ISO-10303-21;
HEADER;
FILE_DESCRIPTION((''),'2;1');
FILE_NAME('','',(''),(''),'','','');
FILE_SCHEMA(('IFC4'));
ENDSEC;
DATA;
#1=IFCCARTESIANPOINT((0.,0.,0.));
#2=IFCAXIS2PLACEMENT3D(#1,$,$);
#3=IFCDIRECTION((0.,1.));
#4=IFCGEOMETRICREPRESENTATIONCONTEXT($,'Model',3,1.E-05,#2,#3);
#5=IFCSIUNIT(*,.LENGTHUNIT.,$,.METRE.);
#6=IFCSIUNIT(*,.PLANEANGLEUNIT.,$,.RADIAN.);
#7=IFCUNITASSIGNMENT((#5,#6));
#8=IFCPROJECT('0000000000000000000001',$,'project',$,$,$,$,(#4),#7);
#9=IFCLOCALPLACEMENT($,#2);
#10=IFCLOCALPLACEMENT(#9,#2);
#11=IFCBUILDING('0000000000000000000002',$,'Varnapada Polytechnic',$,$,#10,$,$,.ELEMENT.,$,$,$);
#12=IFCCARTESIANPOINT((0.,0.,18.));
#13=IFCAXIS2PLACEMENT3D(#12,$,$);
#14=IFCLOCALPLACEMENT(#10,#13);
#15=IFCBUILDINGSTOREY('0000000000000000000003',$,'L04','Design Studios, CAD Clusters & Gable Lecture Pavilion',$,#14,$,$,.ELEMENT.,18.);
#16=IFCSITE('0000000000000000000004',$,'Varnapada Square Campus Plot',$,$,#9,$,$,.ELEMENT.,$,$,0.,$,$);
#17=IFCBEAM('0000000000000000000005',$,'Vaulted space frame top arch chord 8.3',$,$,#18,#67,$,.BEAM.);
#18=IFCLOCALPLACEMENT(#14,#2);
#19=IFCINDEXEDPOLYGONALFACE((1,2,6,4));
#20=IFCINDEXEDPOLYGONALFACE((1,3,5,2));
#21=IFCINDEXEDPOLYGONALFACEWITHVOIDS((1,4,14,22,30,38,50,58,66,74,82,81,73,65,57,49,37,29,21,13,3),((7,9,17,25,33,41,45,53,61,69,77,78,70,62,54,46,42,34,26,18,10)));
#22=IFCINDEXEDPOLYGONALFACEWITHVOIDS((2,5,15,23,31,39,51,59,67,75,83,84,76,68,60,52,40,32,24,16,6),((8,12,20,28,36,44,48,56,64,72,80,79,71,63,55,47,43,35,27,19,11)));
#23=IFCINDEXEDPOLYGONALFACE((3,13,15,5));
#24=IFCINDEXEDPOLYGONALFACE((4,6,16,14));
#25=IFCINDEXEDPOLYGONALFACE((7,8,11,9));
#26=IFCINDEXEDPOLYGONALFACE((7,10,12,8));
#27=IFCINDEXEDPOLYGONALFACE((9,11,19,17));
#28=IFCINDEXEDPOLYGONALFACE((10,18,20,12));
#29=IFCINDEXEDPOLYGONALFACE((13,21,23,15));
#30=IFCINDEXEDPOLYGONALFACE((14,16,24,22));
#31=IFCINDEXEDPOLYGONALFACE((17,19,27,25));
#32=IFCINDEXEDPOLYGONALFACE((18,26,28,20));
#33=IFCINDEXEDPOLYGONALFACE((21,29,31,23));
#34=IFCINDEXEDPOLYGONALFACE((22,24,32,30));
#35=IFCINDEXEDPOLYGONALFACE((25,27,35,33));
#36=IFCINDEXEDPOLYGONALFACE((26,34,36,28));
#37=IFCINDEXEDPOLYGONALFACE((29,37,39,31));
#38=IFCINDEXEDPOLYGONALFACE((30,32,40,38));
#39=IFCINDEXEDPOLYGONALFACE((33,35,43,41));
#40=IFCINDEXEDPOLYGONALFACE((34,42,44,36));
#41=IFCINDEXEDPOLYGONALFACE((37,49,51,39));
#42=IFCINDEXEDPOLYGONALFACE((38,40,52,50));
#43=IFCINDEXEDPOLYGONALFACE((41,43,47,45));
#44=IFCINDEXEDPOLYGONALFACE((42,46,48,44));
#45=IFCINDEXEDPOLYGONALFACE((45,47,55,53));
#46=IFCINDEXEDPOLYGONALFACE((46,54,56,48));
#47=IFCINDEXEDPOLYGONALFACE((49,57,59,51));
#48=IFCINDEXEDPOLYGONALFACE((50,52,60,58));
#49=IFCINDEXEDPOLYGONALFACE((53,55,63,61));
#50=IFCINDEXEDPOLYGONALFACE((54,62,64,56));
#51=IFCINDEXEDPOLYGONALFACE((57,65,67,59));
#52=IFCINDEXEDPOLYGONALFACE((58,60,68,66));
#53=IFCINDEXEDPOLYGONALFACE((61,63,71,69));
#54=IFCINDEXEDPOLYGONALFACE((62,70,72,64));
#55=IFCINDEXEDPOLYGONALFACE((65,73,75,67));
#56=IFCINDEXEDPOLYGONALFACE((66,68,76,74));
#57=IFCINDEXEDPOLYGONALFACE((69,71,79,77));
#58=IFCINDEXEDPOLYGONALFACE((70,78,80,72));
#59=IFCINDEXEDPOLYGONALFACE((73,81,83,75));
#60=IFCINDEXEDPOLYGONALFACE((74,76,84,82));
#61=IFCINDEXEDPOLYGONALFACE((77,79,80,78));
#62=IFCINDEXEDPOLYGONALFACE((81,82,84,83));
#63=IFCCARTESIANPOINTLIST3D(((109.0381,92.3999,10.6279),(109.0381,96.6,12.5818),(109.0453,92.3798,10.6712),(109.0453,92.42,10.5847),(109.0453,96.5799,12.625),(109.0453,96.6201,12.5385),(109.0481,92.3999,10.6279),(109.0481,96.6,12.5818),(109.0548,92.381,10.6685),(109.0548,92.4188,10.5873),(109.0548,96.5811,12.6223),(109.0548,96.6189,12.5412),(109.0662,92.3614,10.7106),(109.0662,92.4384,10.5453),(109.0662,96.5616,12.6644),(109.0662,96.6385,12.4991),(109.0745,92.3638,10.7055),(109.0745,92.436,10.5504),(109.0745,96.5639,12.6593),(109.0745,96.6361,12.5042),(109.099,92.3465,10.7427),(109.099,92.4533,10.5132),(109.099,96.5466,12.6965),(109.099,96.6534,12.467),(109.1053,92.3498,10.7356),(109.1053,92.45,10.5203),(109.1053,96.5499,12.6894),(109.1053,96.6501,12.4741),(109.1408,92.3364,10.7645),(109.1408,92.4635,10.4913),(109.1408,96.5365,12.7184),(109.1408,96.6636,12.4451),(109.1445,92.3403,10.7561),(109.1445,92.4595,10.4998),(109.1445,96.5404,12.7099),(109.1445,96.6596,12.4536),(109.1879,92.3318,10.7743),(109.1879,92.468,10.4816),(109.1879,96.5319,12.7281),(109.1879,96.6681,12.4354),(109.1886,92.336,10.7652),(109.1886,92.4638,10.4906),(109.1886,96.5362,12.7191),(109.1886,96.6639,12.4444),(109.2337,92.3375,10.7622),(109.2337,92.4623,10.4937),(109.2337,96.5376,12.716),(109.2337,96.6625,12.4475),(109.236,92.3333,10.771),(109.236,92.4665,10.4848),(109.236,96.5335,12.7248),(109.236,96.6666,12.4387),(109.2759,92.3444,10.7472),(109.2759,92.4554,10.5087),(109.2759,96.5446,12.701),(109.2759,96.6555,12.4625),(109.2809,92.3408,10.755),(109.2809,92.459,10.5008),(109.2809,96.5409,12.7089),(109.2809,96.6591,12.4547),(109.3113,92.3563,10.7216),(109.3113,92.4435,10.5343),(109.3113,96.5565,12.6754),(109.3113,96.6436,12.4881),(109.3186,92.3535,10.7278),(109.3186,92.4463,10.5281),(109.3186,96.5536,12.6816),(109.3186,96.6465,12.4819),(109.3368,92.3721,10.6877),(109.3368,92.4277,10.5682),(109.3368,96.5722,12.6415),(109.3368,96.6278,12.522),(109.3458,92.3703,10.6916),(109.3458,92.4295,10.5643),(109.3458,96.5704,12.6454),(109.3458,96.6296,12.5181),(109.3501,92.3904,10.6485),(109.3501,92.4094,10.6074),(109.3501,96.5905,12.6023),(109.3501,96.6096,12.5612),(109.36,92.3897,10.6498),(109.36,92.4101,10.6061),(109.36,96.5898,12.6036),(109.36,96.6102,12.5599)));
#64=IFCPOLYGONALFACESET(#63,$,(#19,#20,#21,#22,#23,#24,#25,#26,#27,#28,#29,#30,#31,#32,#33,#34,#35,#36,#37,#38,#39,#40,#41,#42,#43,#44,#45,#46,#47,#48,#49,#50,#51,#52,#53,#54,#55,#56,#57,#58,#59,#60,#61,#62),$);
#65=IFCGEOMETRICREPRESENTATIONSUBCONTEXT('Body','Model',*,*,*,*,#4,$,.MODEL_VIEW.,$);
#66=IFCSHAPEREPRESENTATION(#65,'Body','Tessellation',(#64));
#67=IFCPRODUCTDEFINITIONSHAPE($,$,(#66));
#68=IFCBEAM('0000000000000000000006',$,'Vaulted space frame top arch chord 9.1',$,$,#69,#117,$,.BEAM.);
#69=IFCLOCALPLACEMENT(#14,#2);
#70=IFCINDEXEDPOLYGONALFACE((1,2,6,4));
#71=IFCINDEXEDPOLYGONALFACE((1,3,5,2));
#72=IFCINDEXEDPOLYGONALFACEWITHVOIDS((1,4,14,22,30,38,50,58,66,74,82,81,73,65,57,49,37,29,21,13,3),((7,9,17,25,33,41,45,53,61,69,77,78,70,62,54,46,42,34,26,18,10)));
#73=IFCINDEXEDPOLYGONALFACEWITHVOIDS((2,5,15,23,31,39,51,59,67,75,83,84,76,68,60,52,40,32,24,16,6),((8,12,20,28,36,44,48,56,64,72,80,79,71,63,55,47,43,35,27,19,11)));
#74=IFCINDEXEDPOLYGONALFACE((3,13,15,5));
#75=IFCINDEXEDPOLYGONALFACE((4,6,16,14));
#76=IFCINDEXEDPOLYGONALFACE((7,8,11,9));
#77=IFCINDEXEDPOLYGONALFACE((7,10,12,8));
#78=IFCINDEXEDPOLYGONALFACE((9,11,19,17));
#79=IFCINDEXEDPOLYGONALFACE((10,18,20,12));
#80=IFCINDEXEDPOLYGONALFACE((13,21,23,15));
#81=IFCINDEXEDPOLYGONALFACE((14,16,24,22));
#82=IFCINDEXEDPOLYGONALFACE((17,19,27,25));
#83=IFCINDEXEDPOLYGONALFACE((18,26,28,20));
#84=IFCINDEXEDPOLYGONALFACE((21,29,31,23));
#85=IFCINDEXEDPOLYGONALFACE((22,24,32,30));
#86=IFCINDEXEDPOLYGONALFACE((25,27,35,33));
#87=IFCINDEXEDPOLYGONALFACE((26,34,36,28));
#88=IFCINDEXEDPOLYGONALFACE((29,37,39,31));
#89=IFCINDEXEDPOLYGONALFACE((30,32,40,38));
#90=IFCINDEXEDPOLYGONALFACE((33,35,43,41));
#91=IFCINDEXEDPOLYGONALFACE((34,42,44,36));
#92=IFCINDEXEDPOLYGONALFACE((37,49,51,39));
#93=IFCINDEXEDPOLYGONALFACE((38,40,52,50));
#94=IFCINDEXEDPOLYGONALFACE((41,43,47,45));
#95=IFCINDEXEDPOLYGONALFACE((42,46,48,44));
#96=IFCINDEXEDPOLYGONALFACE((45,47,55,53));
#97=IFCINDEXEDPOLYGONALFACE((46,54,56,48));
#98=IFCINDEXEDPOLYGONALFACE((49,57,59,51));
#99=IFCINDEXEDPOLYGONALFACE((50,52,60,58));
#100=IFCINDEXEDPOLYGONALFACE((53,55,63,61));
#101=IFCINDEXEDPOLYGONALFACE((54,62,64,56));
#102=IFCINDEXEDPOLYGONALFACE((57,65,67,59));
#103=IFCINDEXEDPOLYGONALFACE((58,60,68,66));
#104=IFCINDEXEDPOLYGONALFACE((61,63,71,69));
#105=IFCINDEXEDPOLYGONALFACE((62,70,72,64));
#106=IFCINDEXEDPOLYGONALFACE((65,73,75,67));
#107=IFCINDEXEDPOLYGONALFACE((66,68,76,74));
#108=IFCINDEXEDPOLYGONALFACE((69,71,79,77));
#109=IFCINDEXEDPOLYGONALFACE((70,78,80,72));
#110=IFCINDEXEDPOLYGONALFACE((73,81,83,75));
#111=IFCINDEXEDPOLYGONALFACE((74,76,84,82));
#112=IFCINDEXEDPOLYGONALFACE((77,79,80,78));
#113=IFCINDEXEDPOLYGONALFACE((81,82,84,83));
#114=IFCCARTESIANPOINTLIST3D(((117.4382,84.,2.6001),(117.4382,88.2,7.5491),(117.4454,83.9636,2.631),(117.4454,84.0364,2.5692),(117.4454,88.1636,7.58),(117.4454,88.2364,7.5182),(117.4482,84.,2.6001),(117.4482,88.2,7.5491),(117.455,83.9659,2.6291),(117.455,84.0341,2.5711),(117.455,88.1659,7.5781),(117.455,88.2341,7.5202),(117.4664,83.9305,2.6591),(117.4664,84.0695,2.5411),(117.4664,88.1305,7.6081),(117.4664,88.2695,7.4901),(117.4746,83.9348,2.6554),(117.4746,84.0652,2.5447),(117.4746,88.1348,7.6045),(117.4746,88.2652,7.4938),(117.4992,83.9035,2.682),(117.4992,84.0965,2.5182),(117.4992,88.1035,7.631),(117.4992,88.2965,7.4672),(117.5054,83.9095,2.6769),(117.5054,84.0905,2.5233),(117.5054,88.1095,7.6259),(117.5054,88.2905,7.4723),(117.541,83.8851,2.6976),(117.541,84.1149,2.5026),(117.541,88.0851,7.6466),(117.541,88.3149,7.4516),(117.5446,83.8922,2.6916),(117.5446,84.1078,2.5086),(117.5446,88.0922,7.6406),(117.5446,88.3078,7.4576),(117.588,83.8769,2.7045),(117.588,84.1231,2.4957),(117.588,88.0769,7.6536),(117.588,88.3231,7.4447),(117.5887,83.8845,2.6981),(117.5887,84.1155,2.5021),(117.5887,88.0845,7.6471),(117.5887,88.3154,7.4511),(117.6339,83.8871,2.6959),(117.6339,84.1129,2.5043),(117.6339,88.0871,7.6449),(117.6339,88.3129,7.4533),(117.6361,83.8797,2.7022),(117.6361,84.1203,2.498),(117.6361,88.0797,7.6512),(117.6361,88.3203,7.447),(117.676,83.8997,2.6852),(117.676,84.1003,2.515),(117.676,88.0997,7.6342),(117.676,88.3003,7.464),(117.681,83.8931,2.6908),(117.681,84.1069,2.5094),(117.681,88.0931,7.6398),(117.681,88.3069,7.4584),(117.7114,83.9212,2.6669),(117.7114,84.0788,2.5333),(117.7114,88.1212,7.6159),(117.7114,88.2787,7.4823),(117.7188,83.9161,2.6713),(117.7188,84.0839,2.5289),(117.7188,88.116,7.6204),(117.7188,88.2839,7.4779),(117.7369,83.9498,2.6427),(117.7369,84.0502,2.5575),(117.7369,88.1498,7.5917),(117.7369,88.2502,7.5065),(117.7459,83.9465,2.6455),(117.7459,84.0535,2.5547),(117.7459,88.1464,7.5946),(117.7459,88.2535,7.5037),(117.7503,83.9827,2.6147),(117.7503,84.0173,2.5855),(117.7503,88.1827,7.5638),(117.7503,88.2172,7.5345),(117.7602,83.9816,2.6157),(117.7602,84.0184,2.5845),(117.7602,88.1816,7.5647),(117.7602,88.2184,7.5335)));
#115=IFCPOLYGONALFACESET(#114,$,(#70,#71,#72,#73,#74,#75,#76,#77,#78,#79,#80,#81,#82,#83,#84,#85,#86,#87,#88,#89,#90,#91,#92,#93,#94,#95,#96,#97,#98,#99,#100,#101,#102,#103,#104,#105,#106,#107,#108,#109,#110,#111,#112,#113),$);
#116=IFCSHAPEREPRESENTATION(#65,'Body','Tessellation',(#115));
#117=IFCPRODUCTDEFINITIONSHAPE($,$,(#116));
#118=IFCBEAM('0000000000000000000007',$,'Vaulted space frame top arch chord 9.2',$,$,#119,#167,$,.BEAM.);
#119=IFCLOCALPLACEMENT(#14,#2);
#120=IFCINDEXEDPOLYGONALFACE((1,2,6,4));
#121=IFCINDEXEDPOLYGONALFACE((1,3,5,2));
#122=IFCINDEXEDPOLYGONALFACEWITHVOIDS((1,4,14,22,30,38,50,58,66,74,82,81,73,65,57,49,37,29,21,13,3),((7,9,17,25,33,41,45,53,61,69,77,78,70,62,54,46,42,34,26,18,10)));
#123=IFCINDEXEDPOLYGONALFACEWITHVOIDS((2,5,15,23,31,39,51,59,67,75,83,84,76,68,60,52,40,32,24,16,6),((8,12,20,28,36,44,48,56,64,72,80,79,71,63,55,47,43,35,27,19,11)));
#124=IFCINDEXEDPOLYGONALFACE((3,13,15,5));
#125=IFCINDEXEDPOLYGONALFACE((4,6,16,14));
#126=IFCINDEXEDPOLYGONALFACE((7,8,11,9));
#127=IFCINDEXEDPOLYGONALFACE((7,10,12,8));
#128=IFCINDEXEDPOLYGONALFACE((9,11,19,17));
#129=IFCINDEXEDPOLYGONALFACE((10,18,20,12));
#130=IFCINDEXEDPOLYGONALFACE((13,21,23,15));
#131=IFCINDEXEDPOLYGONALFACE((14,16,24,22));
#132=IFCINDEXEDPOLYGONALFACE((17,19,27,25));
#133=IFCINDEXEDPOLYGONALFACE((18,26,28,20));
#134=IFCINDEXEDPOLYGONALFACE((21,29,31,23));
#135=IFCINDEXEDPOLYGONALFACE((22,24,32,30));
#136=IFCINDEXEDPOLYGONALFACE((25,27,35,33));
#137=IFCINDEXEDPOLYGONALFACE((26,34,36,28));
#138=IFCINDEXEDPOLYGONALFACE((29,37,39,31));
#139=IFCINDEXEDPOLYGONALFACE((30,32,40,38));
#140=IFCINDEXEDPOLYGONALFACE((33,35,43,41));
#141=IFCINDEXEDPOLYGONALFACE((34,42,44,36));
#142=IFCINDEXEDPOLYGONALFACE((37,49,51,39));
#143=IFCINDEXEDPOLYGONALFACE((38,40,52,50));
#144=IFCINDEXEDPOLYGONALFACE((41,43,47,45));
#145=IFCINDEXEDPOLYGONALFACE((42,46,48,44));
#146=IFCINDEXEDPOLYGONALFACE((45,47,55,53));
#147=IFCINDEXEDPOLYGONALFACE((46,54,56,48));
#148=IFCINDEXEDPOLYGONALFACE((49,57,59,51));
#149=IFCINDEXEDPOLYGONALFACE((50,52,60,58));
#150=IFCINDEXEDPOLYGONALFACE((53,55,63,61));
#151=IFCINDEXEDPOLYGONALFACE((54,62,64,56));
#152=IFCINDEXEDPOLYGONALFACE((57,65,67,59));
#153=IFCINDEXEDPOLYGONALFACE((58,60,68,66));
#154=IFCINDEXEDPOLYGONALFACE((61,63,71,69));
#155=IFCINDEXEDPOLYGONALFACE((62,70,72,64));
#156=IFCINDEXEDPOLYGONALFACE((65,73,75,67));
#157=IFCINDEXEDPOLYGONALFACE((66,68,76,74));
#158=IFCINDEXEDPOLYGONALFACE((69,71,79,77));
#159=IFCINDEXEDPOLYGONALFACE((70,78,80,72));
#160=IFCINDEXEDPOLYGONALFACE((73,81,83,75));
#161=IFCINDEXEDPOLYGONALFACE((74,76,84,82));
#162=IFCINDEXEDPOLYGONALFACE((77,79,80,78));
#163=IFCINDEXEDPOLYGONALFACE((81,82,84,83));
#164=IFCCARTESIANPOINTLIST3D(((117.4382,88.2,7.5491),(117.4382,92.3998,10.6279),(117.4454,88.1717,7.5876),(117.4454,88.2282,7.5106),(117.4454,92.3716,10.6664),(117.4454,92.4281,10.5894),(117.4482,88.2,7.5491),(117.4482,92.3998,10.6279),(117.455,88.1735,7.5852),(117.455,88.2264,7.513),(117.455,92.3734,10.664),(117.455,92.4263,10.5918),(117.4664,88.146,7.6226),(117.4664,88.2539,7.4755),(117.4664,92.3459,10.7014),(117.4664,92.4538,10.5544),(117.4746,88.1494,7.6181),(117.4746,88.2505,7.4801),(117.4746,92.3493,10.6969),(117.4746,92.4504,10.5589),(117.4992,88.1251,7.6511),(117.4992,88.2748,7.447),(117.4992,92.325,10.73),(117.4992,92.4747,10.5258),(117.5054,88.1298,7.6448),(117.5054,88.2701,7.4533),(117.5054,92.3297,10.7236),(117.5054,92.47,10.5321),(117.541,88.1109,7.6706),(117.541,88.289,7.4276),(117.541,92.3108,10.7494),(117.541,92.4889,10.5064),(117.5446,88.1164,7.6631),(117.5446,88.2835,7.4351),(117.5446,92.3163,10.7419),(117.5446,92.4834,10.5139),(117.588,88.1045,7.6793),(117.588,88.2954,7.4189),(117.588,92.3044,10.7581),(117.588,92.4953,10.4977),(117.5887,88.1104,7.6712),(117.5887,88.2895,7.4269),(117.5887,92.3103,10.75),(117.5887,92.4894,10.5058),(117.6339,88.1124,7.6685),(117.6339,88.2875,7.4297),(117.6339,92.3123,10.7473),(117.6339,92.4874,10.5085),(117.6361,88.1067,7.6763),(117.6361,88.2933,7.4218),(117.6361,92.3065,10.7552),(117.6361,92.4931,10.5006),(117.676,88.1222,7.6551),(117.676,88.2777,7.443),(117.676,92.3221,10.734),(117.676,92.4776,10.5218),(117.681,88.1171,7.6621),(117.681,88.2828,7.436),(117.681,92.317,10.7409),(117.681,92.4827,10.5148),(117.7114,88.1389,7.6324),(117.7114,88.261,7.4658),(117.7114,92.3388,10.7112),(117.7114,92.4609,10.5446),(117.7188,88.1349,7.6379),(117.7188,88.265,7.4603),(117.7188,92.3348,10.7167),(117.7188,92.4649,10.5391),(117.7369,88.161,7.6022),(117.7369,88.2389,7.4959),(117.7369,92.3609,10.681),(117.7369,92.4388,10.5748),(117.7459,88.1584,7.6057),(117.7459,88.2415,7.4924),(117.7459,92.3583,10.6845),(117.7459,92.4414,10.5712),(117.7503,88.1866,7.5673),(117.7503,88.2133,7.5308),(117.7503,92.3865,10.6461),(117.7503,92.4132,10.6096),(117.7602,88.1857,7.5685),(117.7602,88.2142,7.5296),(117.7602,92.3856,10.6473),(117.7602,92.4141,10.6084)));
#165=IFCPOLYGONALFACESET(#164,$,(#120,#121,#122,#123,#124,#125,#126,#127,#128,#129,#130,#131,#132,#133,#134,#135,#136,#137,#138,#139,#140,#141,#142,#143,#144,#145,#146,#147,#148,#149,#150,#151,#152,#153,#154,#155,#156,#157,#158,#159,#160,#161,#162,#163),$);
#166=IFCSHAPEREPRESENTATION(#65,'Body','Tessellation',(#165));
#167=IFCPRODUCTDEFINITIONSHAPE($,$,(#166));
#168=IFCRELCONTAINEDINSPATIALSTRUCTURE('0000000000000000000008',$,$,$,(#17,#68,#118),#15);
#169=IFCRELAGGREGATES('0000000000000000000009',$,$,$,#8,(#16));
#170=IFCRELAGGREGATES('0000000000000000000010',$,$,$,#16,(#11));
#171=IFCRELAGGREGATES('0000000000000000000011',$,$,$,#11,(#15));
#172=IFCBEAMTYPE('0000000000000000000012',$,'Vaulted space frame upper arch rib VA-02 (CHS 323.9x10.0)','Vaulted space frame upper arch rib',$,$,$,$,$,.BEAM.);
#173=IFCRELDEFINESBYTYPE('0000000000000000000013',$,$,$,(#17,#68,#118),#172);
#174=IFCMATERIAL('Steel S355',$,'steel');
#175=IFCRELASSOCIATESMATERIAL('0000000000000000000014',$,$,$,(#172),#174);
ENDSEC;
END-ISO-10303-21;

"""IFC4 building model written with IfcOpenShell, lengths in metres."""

from ifc_helpers import new_model, si_unit, direction, frame, origin, origin_2d, place, context, subcontext, project, spatial, hollow_circle, extrude, material, material_profile, profile_set, type_object, element, save


model = new_model("IFC4")

# Units and contexts
model_context = context("Model", 3, precision=1e-05, world=origin(), true_north=direction((0.0, 1.0)))
body_context = subcontext(model_context, "Body", "Model", "MODEL_VIEW")
ifc_project = project(units=[si_unit("LENGTHUNIT", "METRE"), si_unit("PLANEANGLEUNIT", "RADIAN")], contexts=[model_context])

# Site, building, storey
site_placement = place(None, origin())
site = spatial("IfcSite", under=ifc_project, at=site_placement, Name="Varnapada Square Campus Plot", CompositionType="ELEMENT", RefElevation=0.0)
building_placement = place(site_placement, origin())
building = spatial("IfcBuilding", under=site, at=building_placement, Name="Varnapada Polytechnic", CompositionType="ELEMENT")
storey_placement = place(building_placement, frame((0.0, 0.0, 18.0)))
storey = spatial("IfcBuildingStorey", under=building, at=storey_placement, Name="L04", Description="Design Studios, CAD Clusters & Gable Lecture Pavilion", CompositionType="ELEMENT", Elevation=18.0)

# Shared definitions
ifc_material = material(Name="Steel S355", Category="steel")

# Beams
ifc_material_profile_1 = material_profile(ifc_material, hollow_circle(Radius=0.1619, WallThickness=0.01, at=origin_2d()), Name="CHS 323.9x10.0")
ifc_profile_set_1 = profile_set([ifc_material_profile_1], Name="Steel S355")
beam_type_1 = type_object("IfcBeamType", Name="Vaulted space frame upper arch rib VA-02 (CHS 323.9x10.0)", Description="Vaulted space frame upper arch rib", PredefinedType="BEAM", material=ifc_profile_set_1)
beam_1_placement = place(storey_placement, frame((109.2, 92.3999, 10.6279), z_axis=(0.0, 0.906698, 0.42178), x_axis=(-1.0, 0.0, 0.0)))
element("IfcBeam", 1, at=beam_1_placement, inside=storey, type_object=beam_type_1, Name="Vaulted space frame top arch chord 8.3", PredefinedType="BEAM", context=body_context, shape_type="SweptSolid", body=[
    extrude(hollow_circle(Radius=0.1619, WallThickness=0.01, at=origin_2d()), origin(), (0.0, 0.0, 1.0), 4.6323),
])
beam_2_placement = place(storey_placement, frame((117.6001, 84.0, 2.6001), z_axis=(0.0, 0.647051, 0.762447), x_axis=(-1.0, 0.0, 0.0)))
element("IfcBeam", 2, at=beam_2_placement, inside=storey, type_object=beam_type_1, Name="Vaulted space frame top arch chord 9.1", PredefinedType="BEAM", context=body_context, shape_type="SweptSolid", body=[
    extrude(hollow_circle(Radius=0.1619, WallThickness=0.01, at=origin_2d()), origin(), (0.0, 0.0, 1.0), 6.491),
])
beam_3_placement = place(storey_placement, frame((117.6001, 88.2, 7.5491), z_axis=(0.0, 0.806506, 0.591225), x_axis=(-1.0, 0.0, 0.0)))
element("IfcBeam", 3, at=beam_3_placement, inside=storey, type_object=beam_type_1, Name="Vaulted space frame top arch chord 9.2", PredefinedType="BEAM", context=body_context, shape_type="SweptSolid", body=[
    extrude(hollow_circle(Radius=0.1619, WallThickness=0.01, at=origin_2d()), origin(), (0.0, 0.0, 1.0), 5.2075),
])

save(model, "model.ifc")
